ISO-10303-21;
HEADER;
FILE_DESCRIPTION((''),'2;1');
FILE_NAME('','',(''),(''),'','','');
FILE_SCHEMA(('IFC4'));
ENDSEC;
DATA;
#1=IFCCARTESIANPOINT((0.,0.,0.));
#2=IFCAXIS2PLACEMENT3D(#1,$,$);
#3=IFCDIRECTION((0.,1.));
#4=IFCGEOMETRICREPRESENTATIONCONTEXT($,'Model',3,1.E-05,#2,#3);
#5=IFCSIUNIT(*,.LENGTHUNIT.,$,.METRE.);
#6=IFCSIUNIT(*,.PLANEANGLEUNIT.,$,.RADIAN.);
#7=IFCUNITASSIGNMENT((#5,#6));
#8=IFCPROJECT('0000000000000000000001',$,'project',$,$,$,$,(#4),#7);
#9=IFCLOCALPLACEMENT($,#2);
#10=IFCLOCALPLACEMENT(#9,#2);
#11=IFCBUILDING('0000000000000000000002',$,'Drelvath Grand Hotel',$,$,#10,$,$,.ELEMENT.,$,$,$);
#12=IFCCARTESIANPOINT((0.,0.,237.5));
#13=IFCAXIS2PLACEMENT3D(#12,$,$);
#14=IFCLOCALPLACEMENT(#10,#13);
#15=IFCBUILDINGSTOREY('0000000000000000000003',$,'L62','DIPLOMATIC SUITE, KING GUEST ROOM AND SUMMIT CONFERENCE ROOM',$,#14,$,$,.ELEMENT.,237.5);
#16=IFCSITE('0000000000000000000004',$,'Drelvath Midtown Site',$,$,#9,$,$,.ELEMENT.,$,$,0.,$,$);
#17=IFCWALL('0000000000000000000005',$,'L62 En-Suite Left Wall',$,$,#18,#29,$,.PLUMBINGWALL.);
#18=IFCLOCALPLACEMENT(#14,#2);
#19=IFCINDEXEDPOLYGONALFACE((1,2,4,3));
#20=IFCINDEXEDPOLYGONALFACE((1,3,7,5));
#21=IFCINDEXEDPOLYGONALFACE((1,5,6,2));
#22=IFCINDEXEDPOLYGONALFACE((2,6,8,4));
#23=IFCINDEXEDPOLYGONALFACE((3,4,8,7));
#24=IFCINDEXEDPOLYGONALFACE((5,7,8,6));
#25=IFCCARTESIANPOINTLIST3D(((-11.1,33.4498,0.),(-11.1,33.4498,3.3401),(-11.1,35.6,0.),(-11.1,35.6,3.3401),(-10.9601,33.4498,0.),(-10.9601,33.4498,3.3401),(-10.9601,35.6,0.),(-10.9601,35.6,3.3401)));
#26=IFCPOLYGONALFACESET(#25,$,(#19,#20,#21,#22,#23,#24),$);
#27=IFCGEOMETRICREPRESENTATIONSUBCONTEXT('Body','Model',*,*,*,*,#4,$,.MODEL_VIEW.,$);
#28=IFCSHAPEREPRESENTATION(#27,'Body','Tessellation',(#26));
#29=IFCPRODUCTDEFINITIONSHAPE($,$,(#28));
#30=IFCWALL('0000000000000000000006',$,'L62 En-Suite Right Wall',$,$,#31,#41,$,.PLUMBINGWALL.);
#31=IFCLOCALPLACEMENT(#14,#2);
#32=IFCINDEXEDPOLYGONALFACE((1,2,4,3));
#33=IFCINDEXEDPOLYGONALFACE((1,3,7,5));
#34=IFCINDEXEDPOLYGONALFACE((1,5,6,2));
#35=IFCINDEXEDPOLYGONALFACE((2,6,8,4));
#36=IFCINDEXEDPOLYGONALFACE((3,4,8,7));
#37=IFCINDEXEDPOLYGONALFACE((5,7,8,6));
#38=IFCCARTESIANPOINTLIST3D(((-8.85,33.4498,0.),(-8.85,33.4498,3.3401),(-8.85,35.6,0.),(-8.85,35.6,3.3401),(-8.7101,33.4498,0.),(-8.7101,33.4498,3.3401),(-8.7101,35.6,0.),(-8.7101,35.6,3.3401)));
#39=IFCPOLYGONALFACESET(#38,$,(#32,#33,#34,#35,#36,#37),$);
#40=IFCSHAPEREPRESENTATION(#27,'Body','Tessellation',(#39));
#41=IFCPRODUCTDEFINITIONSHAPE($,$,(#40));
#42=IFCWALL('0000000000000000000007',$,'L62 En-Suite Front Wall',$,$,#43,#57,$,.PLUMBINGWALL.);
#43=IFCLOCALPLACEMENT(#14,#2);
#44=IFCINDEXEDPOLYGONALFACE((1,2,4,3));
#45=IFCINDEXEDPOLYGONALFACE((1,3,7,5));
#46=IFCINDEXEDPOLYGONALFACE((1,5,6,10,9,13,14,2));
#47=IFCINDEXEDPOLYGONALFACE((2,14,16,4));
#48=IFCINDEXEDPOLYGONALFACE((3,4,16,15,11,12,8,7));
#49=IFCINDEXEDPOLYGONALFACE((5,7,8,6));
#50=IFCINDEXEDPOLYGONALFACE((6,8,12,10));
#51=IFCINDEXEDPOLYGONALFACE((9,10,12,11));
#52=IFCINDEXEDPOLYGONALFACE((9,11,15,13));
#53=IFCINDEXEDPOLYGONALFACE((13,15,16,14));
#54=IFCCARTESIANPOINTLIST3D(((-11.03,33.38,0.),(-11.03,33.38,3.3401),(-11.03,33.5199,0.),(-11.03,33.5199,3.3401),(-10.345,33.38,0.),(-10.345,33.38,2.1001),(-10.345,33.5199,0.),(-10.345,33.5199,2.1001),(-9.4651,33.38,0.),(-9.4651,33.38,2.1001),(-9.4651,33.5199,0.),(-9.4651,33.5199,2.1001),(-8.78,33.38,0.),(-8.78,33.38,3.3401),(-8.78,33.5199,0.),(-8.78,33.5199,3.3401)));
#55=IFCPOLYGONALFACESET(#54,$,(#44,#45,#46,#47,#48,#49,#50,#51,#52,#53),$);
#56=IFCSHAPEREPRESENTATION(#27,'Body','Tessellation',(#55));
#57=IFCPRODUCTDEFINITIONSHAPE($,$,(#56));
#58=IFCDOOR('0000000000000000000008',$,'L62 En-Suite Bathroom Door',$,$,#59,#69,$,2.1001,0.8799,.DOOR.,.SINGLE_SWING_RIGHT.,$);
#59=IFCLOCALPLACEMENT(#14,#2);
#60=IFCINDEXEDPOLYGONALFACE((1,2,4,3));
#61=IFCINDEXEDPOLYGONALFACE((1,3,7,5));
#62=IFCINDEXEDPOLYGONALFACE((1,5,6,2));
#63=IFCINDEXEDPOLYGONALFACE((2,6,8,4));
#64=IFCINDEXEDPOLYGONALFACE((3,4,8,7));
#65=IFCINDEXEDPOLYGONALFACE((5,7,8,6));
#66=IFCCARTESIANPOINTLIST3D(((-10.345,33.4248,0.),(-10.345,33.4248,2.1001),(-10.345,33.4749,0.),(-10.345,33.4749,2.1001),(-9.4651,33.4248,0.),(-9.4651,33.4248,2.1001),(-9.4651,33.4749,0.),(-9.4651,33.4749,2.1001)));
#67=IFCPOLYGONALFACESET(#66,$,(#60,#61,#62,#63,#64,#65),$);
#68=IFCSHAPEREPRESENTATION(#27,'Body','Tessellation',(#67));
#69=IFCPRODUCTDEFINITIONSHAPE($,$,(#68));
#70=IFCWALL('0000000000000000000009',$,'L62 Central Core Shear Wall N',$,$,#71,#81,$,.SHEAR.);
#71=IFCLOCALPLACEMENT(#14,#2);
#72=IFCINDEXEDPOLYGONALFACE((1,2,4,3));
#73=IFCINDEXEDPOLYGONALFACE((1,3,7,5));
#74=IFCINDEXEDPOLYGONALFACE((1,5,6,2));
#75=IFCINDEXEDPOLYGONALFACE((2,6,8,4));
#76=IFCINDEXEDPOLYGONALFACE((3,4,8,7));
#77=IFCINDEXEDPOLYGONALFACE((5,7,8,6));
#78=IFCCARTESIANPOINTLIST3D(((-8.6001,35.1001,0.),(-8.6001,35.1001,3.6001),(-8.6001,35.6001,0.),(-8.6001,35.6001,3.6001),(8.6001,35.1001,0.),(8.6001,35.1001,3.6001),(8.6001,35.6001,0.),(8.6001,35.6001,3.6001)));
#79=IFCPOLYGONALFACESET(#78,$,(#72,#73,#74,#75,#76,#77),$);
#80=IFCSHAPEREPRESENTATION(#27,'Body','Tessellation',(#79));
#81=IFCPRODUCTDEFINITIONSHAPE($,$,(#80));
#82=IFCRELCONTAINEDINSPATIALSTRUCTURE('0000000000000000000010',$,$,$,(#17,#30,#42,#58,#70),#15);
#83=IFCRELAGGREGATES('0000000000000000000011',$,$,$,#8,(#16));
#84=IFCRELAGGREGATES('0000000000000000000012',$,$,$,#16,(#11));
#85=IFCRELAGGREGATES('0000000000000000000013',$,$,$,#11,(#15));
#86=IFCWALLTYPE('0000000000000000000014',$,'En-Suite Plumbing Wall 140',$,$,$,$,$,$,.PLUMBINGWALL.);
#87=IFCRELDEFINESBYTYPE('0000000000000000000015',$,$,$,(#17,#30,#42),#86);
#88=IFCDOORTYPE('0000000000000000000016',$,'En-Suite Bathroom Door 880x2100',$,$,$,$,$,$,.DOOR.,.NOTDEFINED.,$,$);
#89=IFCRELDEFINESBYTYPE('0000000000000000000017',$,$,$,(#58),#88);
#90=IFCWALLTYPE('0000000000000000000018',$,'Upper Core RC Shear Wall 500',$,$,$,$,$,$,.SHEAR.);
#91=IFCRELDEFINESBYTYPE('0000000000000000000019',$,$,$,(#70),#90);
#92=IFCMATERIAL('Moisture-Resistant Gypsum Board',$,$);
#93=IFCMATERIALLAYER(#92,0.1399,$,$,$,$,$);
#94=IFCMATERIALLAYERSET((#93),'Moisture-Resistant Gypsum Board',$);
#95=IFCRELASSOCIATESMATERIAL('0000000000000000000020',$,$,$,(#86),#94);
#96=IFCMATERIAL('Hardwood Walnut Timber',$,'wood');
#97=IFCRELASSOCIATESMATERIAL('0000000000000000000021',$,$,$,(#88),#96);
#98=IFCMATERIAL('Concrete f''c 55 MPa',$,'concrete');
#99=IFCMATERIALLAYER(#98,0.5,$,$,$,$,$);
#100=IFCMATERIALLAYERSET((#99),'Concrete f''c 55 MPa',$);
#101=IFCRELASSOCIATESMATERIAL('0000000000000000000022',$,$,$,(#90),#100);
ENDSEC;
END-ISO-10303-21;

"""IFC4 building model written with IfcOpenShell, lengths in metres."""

from ifc_helpers import new_model, si_unit, direction, frame, frame_2d, origin, place, context, subcontext, project, spatial, rectangle, extrude, material, layer, layer_set, type_object, element, fill, save


model = new_model("IFC4")

# Units and contexts
model_context = context("Model", 3, precision=1e-05, world=origin(), true_north=direction((0.0, 1.0)))
body_context = subcontext(model_context, "Body", "Model", "MODEL_VIEW")
ifc_project = project(units=[si_unit("LENGTHUNIT", "METRE"), si_unit("PLANEANGLEUNIT", "RADIAN")], contexts=[model_context])

# Site, building, storey
site_placement = place(None, origin())
site = spatial("IfcSite", under=ifc_project, at=site_placement, Name="Drelvath Midtown Site", CompositionType="ELEMENT", RefElevation=0.0)
building_placement = place(site_placement, origin())
building = spatial("IfcBuilding", under=site, at=building_placement, Name="Drelvath Grand Hotel", CompositionType="ELEMENT")
storey_placement = place(building_placement, frame((0.0, 0.0, 237.5)))
storey = spatial("IfcBuildingStorey", under=building, at=storey_placement, Name="L62", Description="DIPLOMATIC SUITE, KING GUEST ROOM AND SUMMIT CONFERENCE ROOM", CompositionType="ELEMENT", Elevation=237.5)

# Shared definitions
ifc_material_1 = material(Name="Hardwood Walnut Timber", Category="wood")

# Walls
ifc_material_2 = material(Name="Moisture-Resistant Gypsum Board")
ifc_layer_1 = layer(ifc_material_2, 0.1399)
ifc_layer_set_1 = layer_set([ifc_layer_1], Name="Moisture-Resistant Gypsum Board")
wall_type_1 = type_object("IfcWallType", Name="En-Suite Plumbing Wall 140", PredefinedType="PLUMBINGWALL", material=ifc_layer_set_1)
for number, where, z_axis, x_axis, name in (
    (1, (-11.03, 35.6001, 0.0), (0.0, 0.0, 1.0), (0.0, -1.0, 0.0), "L62 En-Suite Left Wall"),
    (2, (-8.78, 35.6001, 0.0), (0.0, 0.0, 1.0), (0.0, -1.0, 0.0), "L62 En-Suite Right Wall"),
):
    element("IfcWall", number, at=place(storey_placement, frame(where, z_axis=z_axis, x_axis=x_axis)), inside=storey, type_object=wall_type_1, Name=name, PredefinedType="PLUMBINGWALL", context=body_context, shape_type="SweptSolid", body=[
        extrude(rectangle(XDim=2.1501, YDim=0.1399, at=frame_2d((1.0752, 0.0))), origin(), (0.0, 0.0, 1.0), 3.3401),
    ])

# Wall, opening, door
wall_1_placement = place(storey_placement, frame((-11.03, 33.45, 0.0), z_axis=(0.0, 0.0, 1.0), x_axis=(1.0, 0.0, 0.0)))
wall_1 = element("IfcWall", 3, at=wall_1_placement, inside=storey, type_object=wall_type_1, Name="L62 En-Suite Front Wall", PredefinedType="PLUMBINGWALL", context=body_context, shape_type="SweptSolid", body=[
    extrude(rectangle(XDim=2.25, YDim=0.1399, at=frame_2d((1.125, 0.0))), origin(), (0.0, 0.0, 1.0), 3.3401),
])
opening_1_placement = place(wall_1_placement, frame((0.6851, 0.0, 0.0)))
opening_1 = element("IfcOpeningElement", 4, at=opening_1_placement, cuts=wall_1, PredefinedType="OPENING", context=body_context, shape_type="SweptSolid", body=[
    extrude(rectangle(XDim=0.8799, YDim=2.1001, at=frame_2d((0.4399, 1.05))), frame((0.0, 0.0798, 0.0), z_axis=(0.0, -1.0, 0.0), x_axis=(1.0, 0.0, 0.0)), (0.0, 0.0, 1.0), 0.1599),
])
door_type_1 = type_object("IfcDoorType", Name="En-Suite Bathroom Door 880x2100", OperationType="NOTDEFINED", PredefinedType="DOOR", material=ifc_material_1)
door_1_placement = place(opening_1_placement, origin())
door_1 = element("IfcDoor", 5, at=door_1_placement, inside=storey, type_object=door_type_1, Name="L62 En-Suite Bathroom Door", OperationType="SINGLE_SWING_RIGHT", OverallHeight=2.1001, OverallWidth=0.8799, PredefinedType="DOOR", context=body_context, shape_type="SweptSolid", body=[
    extrude(rectangle(XDim=0.8799, YDim=2.1001, at=frame_2d((0.4399, 1.05))), frame((0.0, 0.0249, 0.0), z_axis=(0.0, -1.0, 0.0), x_axis=(1.0, 0.0, 0.0)), (0.0, 0.0, 1.0), 0.05),
])
fill(opening_1, door_1)

# Wall
ifc_material_3 = material(Name="Concrete f'c 55 MPa", Category="concrete")
ifc_layer_2 = layer(ifc_material_3, 0.5)
ifc_layer_set_2 = layer_set([ifc_layer_2], Name="Concrete f'c 55 MPa")
wall_type_2 = type_object("IfcWallType", Name="Upper Core RC Shear Wall 500", PredefinedType="SHEAR", material=ifc_layer_set_2)
wall_2_placement = place(storey_placement, frame((-8.6001, 35.3501, 0.0), z_axis=(0.0, 0.0, 1.0), x_axis=(1.0, 0.0, 0.0)))
element("IfcWall", 6, at=wall_2_placement, inside=storey, type_object=wall_type_2, Name="L62 Central Core Shear Wall N", PredefinedType="SHEAR", context=body_context, shape_type="SweptSolid", body=[
    extrude(rectangle(XDim=17.2002, YDim=0.5, at=frame_2d((8.6001, 0.0))), origin(), (0.0, 0.0, 1.0), 3.6001),
])

save(model, "model.ifc")
